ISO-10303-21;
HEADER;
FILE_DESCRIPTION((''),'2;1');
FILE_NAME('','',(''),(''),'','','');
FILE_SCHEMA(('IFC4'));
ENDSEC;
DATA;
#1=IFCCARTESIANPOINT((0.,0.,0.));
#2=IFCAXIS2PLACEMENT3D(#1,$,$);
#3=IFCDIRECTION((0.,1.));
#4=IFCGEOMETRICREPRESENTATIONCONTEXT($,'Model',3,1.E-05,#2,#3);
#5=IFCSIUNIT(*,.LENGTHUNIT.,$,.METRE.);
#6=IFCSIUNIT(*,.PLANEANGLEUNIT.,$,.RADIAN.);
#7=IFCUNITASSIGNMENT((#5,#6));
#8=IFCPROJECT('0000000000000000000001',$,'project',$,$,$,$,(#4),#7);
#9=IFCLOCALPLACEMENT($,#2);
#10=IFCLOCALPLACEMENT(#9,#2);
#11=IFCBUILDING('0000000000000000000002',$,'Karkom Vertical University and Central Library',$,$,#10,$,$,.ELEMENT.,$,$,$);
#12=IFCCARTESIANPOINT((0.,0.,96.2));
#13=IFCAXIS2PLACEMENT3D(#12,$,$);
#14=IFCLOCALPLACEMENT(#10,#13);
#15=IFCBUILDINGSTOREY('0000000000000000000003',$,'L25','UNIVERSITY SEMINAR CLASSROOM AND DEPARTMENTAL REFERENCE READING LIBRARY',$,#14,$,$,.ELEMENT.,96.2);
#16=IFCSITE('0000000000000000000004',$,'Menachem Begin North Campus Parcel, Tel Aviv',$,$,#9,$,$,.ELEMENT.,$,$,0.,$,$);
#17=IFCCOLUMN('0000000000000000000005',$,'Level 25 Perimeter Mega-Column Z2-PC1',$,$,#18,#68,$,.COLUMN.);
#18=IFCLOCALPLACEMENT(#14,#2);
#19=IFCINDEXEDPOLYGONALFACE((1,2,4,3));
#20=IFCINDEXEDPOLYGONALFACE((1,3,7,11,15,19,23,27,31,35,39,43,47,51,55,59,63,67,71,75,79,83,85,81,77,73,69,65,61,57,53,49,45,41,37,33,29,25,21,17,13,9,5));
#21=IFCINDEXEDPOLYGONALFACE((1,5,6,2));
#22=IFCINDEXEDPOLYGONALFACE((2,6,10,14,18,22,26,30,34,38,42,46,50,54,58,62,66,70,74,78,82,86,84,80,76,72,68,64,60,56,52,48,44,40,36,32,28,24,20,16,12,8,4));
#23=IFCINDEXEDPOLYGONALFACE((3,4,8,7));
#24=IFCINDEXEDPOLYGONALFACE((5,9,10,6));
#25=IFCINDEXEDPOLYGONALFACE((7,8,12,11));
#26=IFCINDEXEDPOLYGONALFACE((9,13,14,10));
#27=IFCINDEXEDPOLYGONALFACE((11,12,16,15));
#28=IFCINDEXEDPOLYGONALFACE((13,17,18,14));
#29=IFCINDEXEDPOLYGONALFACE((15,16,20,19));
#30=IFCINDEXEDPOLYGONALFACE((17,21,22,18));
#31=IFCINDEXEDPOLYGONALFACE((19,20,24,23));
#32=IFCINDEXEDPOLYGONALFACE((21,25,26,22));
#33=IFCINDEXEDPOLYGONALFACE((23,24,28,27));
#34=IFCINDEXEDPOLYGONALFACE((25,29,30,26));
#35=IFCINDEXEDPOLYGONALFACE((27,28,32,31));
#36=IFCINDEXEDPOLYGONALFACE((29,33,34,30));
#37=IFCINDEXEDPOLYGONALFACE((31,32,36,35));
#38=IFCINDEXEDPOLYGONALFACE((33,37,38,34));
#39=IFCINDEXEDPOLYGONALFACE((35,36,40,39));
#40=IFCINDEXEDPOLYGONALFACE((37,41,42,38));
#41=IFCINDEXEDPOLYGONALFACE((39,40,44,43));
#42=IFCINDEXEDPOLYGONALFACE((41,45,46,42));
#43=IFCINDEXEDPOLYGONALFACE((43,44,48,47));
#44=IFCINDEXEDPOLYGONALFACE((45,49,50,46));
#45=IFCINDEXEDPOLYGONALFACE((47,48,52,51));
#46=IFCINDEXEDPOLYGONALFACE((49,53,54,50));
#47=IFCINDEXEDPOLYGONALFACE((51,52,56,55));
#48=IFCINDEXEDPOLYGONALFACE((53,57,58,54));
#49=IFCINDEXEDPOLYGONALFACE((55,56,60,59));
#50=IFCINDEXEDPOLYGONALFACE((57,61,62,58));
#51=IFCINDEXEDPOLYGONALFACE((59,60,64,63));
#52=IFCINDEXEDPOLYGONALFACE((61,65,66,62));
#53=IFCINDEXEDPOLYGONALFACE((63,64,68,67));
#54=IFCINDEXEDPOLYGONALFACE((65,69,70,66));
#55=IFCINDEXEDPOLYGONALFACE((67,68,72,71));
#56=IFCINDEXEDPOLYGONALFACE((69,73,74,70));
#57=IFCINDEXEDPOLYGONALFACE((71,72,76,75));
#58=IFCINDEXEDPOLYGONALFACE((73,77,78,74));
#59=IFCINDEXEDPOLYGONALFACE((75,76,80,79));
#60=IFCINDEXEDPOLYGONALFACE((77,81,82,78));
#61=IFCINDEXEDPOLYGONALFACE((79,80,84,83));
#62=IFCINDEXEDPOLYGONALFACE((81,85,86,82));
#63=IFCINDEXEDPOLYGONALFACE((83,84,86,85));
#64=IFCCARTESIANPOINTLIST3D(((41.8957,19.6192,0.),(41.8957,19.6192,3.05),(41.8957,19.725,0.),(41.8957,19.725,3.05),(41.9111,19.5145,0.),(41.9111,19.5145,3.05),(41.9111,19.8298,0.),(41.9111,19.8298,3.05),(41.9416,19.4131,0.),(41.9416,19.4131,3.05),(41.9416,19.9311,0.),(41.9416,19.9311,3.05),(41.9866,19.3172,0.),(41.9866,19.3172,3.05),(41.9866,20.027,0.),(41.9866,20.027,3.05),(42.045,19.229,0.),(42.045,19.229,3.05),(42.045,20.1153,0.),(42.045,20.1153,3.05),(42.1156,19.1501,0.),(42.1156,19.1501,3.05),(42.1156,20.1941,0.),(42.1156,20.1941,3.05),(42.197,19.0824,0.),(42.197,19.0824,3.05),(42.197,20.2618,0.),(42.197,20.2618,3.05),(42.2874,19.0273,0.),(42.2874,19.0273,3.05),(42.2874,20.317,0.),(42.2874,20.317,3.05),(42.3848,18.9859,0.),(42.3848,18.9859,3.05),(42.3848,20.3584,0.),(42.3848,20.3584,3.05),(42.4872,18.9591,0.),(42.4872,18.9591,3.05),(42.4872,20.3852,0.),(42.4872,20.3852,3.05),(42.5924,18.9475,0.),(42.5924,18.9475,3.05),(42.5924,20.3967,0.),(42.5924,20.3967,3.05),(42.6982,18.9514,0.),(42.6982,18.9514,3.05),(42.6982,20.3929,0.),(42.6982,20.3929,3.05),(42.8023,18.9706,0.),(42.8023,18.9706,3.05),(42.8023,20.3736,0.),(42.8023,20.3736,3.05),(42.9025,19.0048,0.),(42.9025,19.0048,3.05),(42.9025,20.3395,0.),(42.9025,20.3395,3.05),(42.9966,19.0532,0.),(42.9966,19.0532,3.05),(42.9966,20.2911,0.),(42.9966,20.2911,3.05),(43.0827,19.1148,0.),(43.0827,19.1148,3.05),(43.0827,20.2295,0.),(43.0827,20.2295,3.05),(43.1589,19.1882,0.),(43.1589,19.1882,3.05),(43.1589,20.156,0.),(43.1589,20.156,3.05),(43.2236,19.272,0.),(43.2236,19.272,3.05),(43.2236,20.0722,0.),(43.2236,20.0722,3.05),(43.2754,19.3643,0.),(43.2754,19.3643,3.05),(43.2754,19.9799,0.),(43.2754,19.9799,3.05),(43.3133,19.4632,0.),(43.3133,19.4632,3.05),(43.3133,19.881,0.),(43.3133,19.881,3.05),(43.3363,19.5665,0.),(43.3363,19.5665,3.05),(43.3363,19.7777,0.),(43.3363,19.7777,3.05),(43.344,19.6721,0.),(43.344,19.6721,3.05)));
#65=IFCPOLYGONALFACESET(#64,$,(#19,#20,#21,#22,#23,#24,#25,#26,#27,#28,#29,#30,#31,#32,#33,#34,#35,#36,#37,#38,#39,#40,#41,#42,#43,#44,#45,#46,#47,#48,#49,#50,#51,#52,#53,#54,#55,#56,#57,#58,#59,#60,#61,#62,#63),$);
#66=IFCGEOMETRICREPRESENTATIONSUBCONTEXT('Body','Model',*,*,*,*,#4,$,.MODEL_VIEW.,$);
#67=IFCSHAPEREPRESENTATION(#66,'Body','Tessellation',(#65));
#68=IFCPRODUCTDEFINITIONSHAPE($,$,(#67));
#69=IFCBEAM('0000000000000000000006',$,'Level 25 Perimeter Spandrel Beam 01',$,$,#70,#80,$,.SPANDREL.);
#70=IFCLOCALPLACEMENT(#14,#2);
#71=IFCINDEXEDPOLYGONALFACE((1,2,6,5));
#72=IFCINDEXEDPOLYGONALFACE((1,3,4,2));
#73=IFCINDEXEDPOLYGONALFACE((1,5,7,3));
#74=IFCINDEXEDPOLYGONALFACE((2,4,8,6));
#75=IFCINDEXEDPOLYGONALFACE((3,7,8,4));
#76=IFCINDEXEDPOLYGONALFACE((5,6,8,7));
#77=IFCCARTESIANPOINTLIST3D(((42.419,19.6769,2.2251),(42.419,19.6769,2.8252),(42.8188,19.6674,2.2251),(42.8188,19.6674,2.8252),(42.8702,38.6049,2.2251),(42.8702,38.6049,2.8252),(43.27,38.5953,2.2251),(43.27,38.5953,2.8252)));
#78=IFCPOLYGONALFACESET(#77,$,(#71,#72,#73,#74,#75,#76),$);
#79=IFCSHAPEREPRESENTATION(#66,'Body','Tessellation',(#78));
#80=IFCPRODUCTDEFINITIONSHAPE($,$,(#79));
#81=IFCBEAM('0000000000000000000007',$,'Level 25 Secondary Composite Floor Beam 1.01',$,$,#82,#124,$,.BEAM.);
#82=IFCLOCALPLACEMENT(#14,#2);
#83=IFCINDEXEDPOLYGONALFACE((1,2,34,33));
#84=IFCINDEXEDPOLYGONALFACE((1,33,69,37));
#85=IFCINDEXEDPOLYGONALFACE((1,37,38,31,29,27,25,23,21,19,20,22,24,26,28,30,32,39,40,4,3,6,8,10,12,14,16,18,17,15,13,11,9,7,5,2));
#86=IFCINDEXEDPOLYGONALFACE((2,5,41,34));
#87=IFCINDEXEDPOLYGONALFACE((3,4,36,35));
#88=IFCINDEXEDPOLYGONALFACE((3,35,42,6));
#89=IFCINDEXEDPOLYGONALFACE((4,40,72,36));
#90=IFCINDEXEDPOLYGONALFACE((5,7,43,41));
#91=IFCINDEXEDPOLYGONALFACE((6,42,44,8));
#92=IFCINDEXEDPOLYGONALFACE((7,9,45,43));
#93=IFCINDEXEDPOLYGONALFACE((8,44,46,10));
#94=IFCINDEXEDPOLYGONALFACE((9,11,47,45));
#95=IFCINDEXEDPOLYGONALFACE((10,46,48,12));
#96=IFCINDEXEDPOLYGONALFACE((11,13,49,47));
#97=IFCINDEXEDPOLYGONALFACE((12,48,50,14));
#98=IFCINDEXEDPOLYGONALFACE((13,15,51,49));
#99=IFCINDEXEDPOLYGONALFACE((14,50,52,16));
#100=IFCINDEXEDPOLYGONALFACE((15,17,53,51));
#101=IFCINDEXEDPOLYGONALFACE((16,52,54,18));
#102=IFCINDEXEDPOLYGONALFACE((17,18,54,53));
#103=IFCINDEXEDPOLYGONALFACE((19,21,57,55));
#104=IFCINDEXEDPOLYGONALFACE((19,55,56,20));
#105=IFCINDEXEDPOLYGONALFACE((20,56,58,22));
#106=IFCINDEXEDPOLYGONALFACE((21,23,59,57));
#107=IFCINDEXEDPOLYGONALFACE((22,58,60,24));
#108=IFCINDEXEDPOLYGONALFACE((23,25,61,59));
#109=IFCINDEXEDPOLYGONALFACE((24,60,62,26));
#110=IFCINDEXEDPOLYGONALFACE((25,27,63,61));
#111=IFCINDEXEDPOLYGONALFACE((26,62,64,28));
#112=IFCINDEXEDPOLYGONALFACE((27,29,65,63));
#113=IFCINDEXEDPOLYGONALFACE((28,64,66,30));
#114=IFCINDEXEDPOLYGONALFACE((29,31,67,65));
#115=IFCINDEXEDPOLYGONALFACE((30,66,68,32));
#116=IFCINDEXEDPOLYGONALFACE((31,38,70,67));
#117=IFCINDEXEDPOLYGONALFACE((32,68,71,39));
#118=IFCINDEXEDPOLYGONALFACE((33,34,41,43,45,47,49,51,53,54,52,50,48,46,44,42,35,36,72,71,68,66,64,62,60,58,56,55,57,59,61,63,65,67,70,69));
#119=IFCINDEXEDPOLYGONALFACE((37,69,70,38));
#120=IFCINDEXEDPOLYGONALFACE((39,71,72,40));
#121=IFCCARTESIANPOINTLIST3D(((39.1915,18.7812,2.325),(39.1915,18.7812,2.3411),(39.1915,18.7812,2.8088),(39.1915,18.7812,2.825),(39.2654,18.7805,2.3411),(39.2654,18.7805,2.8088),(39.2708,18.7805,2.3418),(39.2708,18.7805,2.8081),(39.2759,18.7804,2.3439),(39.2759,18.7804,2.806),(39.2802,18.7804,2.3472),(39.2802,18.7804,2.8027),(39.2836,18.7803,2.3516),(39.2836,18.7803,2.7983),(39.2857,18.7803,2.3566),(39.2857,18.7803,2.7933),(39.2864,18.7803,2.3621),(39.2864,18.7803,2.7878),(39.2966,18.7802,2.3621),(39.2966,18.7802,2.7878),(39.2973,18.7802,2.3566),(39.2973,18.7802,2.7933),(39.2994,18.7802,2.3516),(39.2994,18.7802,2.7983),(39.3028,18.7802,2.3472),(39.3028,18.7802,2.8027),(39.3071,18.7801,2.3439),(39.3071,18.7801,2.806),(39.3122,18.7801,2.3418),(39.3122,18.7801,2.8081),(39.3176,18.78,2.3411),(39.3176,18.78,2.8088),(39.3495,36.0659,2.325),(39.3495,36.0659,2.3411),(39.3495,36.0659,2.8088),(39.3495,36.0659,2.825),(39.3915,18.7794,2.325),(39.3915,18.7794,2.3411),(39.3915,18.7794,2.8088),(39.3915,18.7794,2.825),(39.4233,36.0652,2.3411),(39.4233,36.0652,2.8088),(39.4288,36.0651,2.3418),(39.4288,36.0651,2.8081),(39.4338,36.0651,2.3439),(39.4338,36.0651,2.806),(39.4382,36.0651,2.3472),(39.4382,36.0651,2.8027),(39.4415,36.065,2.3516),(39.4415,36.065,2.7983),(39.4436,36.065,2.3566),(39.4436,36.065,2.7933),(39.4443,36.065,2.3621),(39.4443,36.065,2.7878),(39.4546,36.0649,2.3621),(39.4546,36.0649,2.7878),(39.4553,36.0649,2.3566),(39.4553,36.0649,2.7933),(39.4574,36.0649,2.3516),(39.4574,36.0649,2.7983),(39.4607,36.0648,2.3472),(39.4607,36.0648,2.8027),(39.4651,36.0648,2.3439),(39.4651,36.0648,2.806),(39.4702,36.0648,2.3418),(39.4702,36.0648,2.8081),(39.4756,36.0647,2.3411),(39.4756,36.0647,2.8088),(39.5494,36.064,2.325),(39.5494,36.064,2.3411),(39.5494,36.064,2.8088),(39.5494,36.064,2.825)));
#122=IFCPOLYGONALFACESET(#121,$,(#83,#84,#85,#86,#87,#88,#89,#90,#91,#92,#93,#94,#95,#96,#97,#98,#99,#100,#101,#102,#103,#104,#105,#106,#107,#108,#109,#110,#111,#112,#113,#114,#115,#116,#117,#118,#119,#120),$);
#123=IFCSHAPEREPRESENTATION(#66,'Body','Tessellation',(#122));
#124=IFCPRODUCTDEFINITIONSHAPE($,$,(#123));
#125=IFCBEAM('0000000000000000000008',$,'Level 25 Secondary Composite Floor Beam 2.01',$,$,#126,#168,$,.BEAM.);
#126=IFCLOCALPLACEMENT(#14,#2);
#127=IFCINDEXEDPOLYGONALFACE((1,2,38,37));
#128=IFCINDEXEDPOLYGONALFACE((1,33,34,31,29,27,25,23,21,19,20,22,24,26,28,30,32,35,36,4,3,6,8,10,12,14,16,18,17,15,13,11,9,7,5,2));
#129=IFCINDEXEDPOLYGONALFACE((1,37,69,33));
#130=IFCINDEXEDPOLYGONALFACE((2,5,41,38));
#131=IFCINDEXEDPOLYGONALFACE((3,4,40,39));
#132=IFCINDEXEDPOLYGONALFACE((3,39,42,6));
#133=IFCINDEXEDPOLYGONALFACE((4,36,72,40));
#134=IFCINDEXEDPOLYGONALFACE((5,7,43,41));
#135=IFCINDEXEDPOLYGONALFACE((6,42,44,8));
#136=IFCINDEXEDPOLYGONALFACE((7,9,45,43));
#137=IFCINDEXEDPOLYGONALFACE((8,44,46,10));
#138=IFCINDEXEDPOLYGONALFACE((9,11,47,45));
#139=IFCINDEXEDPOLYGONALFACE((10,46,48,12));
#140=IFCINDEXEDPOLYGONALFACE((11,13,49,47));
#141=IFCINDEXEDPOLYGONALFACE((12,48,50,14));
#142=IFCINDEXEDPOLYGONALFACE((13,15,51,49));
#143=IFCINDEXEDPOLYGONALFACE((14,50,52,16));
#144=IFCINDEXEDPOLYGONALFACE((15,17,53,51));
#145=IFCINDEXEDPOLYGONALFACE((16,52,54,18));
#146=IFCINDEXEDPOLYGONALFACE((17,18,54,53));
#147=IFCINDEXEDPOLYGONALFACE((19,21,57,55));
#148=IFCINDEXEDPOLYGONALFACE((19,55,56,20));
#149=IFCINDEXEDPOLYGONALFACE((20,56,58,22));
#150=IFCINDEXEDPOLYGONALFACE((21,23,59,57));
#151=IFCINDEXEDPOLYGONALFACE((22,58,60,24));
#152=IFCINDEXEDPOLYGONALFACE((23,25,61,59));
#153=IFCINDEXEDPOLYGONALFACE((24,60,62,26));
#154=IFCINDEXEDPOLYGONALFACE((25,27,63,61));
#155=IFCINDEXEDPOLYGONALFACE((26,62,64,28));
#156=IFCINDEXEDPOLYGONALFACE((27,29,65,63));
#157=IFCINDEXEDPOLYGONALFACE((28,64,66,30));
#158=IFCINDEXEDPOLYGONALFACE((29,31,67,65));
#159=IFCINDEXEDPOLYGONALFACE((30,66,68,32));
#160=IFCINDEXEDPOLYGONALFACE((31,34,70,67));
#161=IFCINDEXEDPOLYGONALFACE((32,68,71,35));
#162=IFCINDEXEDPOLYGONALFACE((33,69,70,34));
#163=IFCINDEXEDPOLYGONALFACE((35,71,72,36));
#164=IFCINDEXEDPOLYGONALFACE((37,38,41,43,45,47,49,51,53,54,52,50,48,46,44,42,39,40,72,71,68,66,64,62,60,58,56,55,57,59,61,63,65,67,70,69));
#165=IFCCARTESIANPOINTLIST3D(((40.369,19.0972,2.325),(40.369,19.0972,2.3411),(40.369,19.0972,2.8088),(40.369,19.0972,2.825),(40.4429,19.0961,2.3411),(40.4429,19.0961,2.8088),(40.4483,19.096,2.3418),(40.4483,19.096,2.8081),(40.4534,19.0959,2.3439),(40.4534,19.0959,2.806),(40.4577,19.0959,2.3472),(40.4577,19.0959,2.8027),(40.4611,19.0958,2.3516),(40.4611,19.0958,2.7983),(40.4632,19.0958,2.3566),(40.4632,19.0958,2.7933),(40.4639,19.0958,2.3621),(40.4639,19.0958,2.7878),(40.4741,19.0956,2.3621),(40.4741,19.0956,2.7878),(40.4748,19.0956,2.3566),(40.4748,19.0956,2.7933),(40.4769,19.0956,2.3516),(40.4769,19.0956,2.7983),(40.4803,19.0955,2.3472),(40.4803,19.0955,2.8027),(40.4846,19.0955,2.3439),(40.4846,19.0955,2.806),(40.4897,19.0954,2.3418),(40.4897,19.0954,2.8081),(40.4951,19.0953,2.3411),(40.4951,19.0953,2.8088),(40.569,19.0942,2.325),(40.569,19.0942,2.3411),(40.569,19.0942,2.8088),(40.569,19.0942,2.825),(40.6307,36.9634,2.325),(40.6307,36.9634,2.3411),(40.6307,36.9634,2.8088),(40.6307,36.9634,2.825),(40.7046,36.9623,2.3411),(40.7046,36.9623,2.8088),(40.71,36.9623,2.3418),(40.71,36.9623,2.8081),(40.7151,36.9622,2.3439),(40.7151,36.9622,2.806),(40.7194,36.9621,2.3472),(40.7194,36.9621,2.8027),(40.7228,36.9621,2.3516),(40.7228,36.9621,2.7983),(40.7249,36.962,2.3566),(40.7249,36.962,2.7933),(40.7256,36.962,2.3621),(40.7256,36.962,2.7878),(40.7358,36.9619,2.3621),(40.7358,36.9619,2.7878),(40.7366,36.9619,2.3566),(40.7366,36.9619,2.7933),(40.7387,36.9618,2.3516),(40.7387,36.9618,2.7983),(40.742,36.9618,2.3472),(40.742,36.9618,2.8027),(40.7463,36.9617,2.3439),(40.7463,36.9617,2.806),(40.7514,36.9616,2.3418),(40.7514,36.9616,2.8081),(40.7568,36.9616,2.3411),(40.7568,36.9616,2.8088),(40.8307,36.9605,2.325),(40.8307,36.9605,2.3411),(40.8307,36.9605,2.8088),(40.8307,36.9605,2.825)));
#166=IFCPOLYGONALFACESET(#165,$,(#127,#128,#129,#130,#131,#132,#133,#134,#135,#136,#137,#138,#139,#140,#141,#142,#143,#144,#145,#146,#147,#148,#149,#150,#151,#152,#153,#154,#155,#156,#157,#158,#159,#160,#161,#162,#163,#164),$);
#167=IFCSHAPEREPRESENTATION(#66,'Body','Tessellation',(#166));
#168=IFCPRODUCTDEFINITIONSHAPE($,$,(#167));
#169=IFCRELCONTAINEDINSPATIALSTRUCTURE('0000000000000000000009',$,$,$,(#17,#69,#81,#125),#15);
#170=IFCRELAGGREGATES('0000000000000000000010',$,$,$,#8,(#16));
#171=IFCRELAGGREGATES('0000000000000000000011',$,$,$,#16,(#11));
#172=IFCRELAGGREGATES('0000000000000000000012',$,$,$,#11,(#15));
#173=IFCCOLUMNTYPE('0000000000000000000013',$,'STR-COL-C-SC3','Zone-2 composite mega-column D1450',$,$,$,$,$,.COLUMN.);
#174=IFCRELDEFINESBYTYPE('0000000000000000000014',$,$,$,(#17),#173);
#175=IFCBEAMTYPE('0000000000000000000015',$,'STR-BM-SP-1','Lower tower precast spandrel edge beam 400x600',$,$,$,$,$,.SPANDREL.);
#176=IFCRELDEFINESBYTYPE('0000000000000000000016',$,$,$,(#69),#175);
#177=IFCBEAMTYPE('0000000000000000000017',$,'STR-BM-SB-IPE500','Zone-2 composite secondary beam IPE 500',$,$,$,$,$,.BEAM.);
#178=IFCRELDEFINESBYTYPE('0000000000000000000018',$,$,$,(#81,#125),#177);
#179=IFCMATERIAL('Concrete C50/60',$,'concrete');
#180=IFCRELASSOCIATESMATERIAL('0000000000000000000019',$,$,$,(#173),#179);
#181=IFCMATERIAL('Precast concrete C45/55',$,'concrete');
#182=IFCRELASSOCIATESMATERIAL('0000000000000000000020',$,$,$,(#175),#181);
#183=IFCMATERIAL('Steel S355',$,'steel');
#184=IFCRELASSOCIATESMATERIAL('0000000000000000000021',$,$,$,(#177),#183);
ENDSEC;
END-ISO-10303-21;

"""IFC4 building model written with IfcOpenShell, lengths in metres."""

from ifc_helpers import new_model, si_unit, direction, frame, origin, origin_with_axes, origin_2d, place, context, subcontext, project, spatial, rectangle, circle, i_section, extrude, source, transform, mapped, material, material_profile, profile_set, type_object, element, save


model = new_model("IFC4")

# Units and contexts
model_context = context("Model", 3, precision=1e-05, world=origin(), true_north=direction((0.0, 1.0)))
body_context = subcontext(model_context, "Body", "Model", "MODEL_VIEW")
ifc_project = project(units=[si_unit("LENGTHUNIT", "METRE"), si_unit("PLANEANGLEUNIT", "RADIAN")], contexts=[model_context])

# Site, building, storey
site_placement = place(None, origin())
site = spatial("IfcSite", under=ifc_project, at=site_placement, Name="Menachem Begin North Campus Parcel, Tel Aviv", CompositionType="ELEMENT", RefElevation=0.0)
building_placement = place(site_placement, origin())
building = spatial("IfcBuilding", under=site, at=building_placement, Name="Karkom Vertical University and Central Library", CompositionType="ELEMENT")
storey_placement = place(building_placement, frame((0.0, 0.0, 96.2)))
storey = spatial("IfcBuildingStorey", under=building, at=storey_placement, Name="L25", Description="UNIVERSITY SEMINAR CLASSROOM AND DEPARTMENTAL REFERENCE READING LIBRARY", CompositionType="ELEMENT", Elevation=96.2)

# Column
ifc_material_1 = material(Name="Concrete C50/60", Category="concrete")
ifc_material_profile_1 = material_profile(ifc_material_1, circle(Radius=0.7251, at=origin_2d()), Name="CFT-D1450")
ifc_profile_set_1 = profile_set([ifc_material_profile_1], Name="Concrete C50/60")
column_type = type_object("IfcColumnType", Name="STR-COL-C-SC3", Description="Zone-2 composite mega-column D1450", PredefinedType="COLUMN", material=ifc_profile_set_1)
shared_shape_1 = source(origin_with_axes(), body_context, "Body", "SweptSolid", [
    extrude(circle(Radius=0.7251, at=origin_2d()), origin(), (0.0, 0.0, 1.0), 3.05),
])
column_placement = place(storey_placement, frame((42.6189, 19.6721, 0.0), z_axis=(0.0, 0.0, 1.0), x_axis=(1.0, 0.0, 0.0)))
element("IfcColumn", 1, at=column_placement, inside=storey, type_object=column_type, Name="Level 25 Perimeter Mega-Column Z2-PC1", PredefinedType="COLUMN", context=body_context, shape_type="MappedRepresentation", body=[
    mapped(shared_shape_1, transform((0.0, 0.0, 0.0), scale=1.0)),
])

# Beams
ifc_material_2 = material(Name="Precast concrete C45/55", Category="concrete")
ifc_material_profile_2 = material_profile(ifc_material_2, rectangle(XDim=0.3999, YDim=0.6001, at=origin_2d()), Name="SPB-400x600")
ifc_profile_set_2 = profile_set([ifc_material_profile_2], Name="Precast concrete C45/55")
beam_type_1 = type_object("IfcBeamType", Name="STR-BM-SP-1", Description="Lower tower precast spandrel edge beam 400x600", PredefinedType="SPANDREL", material=ifc_profile_set_2)
shared_shape_2 = source(origin_with_axes(), body_context, "Body", "SweptSolid", [
    extrude(rectangle(XDim=0.3999, YDim=0.6001, at=origin_2d()), origin(), (0.0, 0.0, 1.0), 18.9333),
])
beam_1_placement = place(storey_placement, frame((42.6189, 19.6721, 2.5251), z_axis=(0.023829, 0.999716, 0.0), x_axis=(-0.999716, 0.023829, 0.0)))
element("IfcBeam", 2, at=beam_1_placement, inside=storey, type_object=beam_type_1, Name="Level 25 Perimeter Spandrel Beam 01", PredefinedType="SPANDREL", context=body_context, shape_type="MappedRepresentation", body=[
    mapped(shared_shape_2, transform((0.0, 0.0, 0.0), scale=1.0)),
])
ifc_material_3 = material(Name="Steel S355", Category="steel")
ifc_material_profile_3 = material_profile(ifc_material_3, i_section(OverallWidth=0.2, OverallDepth=0.5, WebThickness=0.0103, FlangeThickness=0.0161, FilletRadius=0.021, at=origin_2d()), Name="IPE 500")
ifc_profile_set_3 = profile_set([ifc_material_profile_3], Name="Steel S355")
beam_type_2 = type_object("IfcBeamType", Name="STR-BM-SB-IPE500", Description="Zone-2 composite secondary beam IPE 500", PredefinedType="BEAM", material=ifc_profile_set_3)
shared_shape_3 = source(origin_with_axes(), body_context, "Body", "SweptSolid", [
    extrude(i_section(OverallWidth=0.2, OverallDepth=0.5, WebThickness=0.0103, FlangeThickness=0.0161, FilletRadius=0.021, at=origin_2d()), origin(), (0.0, 0.0, 1.0), 17.2854),
])
beam_2_placement = place(storey_placement, frame((39.2915, 18.7803, 2.575), z_axis=(0.009138, 0.999958, 0.0), x_axis=(-0.999958, 0.009138, 0.0)))
element("IfcBeam", 3, at=beam_2_placement, inside=storey, type_object=beam_type_2, Name="Level 25 Secondary Composite Floor Beam 1.01", PredefinedType="BEAM", context=body_context, shape_type="MappedRepresentation", body=[
    mapped(shared_shape_3, transform((0.0, 0.0, 0.0), scale=1.0)),
])
shared_shape_4 = source(origin_with_axes(), body_context, "Body", "SweptSolid", [
    extrude(i_section(OverallWidth=0.2, OverallDepth=0.5, WebThickness=0.0103, FlangeThickness=0.0161, FilletRadius=0.021, at=origin_2d()), origin(), (0.0, 0.0, 1.0), 17.8682),
])
beam_3_placement = place(storey_placement, frame((40.469, 19.0957, 2.575), z_axis=(0.014647, 0.999893, 0.0), x_axis=(-0.999893, 0.014647, 0.0)))
element("IfcBeam", 4, at=beam_3_placement, inside=storey, type_object=beam_type_2, Name="Level 25 Secondary Composite Floor Beam 2.01", PredefinedType="BEAM", context=body_context, shape_type="MappedRepresentation", body=[
    mapped(shared_shape_4, transform((0.0, 0.0, 0.0), scale=1.0)),
])

save(model, "model.ifc")
